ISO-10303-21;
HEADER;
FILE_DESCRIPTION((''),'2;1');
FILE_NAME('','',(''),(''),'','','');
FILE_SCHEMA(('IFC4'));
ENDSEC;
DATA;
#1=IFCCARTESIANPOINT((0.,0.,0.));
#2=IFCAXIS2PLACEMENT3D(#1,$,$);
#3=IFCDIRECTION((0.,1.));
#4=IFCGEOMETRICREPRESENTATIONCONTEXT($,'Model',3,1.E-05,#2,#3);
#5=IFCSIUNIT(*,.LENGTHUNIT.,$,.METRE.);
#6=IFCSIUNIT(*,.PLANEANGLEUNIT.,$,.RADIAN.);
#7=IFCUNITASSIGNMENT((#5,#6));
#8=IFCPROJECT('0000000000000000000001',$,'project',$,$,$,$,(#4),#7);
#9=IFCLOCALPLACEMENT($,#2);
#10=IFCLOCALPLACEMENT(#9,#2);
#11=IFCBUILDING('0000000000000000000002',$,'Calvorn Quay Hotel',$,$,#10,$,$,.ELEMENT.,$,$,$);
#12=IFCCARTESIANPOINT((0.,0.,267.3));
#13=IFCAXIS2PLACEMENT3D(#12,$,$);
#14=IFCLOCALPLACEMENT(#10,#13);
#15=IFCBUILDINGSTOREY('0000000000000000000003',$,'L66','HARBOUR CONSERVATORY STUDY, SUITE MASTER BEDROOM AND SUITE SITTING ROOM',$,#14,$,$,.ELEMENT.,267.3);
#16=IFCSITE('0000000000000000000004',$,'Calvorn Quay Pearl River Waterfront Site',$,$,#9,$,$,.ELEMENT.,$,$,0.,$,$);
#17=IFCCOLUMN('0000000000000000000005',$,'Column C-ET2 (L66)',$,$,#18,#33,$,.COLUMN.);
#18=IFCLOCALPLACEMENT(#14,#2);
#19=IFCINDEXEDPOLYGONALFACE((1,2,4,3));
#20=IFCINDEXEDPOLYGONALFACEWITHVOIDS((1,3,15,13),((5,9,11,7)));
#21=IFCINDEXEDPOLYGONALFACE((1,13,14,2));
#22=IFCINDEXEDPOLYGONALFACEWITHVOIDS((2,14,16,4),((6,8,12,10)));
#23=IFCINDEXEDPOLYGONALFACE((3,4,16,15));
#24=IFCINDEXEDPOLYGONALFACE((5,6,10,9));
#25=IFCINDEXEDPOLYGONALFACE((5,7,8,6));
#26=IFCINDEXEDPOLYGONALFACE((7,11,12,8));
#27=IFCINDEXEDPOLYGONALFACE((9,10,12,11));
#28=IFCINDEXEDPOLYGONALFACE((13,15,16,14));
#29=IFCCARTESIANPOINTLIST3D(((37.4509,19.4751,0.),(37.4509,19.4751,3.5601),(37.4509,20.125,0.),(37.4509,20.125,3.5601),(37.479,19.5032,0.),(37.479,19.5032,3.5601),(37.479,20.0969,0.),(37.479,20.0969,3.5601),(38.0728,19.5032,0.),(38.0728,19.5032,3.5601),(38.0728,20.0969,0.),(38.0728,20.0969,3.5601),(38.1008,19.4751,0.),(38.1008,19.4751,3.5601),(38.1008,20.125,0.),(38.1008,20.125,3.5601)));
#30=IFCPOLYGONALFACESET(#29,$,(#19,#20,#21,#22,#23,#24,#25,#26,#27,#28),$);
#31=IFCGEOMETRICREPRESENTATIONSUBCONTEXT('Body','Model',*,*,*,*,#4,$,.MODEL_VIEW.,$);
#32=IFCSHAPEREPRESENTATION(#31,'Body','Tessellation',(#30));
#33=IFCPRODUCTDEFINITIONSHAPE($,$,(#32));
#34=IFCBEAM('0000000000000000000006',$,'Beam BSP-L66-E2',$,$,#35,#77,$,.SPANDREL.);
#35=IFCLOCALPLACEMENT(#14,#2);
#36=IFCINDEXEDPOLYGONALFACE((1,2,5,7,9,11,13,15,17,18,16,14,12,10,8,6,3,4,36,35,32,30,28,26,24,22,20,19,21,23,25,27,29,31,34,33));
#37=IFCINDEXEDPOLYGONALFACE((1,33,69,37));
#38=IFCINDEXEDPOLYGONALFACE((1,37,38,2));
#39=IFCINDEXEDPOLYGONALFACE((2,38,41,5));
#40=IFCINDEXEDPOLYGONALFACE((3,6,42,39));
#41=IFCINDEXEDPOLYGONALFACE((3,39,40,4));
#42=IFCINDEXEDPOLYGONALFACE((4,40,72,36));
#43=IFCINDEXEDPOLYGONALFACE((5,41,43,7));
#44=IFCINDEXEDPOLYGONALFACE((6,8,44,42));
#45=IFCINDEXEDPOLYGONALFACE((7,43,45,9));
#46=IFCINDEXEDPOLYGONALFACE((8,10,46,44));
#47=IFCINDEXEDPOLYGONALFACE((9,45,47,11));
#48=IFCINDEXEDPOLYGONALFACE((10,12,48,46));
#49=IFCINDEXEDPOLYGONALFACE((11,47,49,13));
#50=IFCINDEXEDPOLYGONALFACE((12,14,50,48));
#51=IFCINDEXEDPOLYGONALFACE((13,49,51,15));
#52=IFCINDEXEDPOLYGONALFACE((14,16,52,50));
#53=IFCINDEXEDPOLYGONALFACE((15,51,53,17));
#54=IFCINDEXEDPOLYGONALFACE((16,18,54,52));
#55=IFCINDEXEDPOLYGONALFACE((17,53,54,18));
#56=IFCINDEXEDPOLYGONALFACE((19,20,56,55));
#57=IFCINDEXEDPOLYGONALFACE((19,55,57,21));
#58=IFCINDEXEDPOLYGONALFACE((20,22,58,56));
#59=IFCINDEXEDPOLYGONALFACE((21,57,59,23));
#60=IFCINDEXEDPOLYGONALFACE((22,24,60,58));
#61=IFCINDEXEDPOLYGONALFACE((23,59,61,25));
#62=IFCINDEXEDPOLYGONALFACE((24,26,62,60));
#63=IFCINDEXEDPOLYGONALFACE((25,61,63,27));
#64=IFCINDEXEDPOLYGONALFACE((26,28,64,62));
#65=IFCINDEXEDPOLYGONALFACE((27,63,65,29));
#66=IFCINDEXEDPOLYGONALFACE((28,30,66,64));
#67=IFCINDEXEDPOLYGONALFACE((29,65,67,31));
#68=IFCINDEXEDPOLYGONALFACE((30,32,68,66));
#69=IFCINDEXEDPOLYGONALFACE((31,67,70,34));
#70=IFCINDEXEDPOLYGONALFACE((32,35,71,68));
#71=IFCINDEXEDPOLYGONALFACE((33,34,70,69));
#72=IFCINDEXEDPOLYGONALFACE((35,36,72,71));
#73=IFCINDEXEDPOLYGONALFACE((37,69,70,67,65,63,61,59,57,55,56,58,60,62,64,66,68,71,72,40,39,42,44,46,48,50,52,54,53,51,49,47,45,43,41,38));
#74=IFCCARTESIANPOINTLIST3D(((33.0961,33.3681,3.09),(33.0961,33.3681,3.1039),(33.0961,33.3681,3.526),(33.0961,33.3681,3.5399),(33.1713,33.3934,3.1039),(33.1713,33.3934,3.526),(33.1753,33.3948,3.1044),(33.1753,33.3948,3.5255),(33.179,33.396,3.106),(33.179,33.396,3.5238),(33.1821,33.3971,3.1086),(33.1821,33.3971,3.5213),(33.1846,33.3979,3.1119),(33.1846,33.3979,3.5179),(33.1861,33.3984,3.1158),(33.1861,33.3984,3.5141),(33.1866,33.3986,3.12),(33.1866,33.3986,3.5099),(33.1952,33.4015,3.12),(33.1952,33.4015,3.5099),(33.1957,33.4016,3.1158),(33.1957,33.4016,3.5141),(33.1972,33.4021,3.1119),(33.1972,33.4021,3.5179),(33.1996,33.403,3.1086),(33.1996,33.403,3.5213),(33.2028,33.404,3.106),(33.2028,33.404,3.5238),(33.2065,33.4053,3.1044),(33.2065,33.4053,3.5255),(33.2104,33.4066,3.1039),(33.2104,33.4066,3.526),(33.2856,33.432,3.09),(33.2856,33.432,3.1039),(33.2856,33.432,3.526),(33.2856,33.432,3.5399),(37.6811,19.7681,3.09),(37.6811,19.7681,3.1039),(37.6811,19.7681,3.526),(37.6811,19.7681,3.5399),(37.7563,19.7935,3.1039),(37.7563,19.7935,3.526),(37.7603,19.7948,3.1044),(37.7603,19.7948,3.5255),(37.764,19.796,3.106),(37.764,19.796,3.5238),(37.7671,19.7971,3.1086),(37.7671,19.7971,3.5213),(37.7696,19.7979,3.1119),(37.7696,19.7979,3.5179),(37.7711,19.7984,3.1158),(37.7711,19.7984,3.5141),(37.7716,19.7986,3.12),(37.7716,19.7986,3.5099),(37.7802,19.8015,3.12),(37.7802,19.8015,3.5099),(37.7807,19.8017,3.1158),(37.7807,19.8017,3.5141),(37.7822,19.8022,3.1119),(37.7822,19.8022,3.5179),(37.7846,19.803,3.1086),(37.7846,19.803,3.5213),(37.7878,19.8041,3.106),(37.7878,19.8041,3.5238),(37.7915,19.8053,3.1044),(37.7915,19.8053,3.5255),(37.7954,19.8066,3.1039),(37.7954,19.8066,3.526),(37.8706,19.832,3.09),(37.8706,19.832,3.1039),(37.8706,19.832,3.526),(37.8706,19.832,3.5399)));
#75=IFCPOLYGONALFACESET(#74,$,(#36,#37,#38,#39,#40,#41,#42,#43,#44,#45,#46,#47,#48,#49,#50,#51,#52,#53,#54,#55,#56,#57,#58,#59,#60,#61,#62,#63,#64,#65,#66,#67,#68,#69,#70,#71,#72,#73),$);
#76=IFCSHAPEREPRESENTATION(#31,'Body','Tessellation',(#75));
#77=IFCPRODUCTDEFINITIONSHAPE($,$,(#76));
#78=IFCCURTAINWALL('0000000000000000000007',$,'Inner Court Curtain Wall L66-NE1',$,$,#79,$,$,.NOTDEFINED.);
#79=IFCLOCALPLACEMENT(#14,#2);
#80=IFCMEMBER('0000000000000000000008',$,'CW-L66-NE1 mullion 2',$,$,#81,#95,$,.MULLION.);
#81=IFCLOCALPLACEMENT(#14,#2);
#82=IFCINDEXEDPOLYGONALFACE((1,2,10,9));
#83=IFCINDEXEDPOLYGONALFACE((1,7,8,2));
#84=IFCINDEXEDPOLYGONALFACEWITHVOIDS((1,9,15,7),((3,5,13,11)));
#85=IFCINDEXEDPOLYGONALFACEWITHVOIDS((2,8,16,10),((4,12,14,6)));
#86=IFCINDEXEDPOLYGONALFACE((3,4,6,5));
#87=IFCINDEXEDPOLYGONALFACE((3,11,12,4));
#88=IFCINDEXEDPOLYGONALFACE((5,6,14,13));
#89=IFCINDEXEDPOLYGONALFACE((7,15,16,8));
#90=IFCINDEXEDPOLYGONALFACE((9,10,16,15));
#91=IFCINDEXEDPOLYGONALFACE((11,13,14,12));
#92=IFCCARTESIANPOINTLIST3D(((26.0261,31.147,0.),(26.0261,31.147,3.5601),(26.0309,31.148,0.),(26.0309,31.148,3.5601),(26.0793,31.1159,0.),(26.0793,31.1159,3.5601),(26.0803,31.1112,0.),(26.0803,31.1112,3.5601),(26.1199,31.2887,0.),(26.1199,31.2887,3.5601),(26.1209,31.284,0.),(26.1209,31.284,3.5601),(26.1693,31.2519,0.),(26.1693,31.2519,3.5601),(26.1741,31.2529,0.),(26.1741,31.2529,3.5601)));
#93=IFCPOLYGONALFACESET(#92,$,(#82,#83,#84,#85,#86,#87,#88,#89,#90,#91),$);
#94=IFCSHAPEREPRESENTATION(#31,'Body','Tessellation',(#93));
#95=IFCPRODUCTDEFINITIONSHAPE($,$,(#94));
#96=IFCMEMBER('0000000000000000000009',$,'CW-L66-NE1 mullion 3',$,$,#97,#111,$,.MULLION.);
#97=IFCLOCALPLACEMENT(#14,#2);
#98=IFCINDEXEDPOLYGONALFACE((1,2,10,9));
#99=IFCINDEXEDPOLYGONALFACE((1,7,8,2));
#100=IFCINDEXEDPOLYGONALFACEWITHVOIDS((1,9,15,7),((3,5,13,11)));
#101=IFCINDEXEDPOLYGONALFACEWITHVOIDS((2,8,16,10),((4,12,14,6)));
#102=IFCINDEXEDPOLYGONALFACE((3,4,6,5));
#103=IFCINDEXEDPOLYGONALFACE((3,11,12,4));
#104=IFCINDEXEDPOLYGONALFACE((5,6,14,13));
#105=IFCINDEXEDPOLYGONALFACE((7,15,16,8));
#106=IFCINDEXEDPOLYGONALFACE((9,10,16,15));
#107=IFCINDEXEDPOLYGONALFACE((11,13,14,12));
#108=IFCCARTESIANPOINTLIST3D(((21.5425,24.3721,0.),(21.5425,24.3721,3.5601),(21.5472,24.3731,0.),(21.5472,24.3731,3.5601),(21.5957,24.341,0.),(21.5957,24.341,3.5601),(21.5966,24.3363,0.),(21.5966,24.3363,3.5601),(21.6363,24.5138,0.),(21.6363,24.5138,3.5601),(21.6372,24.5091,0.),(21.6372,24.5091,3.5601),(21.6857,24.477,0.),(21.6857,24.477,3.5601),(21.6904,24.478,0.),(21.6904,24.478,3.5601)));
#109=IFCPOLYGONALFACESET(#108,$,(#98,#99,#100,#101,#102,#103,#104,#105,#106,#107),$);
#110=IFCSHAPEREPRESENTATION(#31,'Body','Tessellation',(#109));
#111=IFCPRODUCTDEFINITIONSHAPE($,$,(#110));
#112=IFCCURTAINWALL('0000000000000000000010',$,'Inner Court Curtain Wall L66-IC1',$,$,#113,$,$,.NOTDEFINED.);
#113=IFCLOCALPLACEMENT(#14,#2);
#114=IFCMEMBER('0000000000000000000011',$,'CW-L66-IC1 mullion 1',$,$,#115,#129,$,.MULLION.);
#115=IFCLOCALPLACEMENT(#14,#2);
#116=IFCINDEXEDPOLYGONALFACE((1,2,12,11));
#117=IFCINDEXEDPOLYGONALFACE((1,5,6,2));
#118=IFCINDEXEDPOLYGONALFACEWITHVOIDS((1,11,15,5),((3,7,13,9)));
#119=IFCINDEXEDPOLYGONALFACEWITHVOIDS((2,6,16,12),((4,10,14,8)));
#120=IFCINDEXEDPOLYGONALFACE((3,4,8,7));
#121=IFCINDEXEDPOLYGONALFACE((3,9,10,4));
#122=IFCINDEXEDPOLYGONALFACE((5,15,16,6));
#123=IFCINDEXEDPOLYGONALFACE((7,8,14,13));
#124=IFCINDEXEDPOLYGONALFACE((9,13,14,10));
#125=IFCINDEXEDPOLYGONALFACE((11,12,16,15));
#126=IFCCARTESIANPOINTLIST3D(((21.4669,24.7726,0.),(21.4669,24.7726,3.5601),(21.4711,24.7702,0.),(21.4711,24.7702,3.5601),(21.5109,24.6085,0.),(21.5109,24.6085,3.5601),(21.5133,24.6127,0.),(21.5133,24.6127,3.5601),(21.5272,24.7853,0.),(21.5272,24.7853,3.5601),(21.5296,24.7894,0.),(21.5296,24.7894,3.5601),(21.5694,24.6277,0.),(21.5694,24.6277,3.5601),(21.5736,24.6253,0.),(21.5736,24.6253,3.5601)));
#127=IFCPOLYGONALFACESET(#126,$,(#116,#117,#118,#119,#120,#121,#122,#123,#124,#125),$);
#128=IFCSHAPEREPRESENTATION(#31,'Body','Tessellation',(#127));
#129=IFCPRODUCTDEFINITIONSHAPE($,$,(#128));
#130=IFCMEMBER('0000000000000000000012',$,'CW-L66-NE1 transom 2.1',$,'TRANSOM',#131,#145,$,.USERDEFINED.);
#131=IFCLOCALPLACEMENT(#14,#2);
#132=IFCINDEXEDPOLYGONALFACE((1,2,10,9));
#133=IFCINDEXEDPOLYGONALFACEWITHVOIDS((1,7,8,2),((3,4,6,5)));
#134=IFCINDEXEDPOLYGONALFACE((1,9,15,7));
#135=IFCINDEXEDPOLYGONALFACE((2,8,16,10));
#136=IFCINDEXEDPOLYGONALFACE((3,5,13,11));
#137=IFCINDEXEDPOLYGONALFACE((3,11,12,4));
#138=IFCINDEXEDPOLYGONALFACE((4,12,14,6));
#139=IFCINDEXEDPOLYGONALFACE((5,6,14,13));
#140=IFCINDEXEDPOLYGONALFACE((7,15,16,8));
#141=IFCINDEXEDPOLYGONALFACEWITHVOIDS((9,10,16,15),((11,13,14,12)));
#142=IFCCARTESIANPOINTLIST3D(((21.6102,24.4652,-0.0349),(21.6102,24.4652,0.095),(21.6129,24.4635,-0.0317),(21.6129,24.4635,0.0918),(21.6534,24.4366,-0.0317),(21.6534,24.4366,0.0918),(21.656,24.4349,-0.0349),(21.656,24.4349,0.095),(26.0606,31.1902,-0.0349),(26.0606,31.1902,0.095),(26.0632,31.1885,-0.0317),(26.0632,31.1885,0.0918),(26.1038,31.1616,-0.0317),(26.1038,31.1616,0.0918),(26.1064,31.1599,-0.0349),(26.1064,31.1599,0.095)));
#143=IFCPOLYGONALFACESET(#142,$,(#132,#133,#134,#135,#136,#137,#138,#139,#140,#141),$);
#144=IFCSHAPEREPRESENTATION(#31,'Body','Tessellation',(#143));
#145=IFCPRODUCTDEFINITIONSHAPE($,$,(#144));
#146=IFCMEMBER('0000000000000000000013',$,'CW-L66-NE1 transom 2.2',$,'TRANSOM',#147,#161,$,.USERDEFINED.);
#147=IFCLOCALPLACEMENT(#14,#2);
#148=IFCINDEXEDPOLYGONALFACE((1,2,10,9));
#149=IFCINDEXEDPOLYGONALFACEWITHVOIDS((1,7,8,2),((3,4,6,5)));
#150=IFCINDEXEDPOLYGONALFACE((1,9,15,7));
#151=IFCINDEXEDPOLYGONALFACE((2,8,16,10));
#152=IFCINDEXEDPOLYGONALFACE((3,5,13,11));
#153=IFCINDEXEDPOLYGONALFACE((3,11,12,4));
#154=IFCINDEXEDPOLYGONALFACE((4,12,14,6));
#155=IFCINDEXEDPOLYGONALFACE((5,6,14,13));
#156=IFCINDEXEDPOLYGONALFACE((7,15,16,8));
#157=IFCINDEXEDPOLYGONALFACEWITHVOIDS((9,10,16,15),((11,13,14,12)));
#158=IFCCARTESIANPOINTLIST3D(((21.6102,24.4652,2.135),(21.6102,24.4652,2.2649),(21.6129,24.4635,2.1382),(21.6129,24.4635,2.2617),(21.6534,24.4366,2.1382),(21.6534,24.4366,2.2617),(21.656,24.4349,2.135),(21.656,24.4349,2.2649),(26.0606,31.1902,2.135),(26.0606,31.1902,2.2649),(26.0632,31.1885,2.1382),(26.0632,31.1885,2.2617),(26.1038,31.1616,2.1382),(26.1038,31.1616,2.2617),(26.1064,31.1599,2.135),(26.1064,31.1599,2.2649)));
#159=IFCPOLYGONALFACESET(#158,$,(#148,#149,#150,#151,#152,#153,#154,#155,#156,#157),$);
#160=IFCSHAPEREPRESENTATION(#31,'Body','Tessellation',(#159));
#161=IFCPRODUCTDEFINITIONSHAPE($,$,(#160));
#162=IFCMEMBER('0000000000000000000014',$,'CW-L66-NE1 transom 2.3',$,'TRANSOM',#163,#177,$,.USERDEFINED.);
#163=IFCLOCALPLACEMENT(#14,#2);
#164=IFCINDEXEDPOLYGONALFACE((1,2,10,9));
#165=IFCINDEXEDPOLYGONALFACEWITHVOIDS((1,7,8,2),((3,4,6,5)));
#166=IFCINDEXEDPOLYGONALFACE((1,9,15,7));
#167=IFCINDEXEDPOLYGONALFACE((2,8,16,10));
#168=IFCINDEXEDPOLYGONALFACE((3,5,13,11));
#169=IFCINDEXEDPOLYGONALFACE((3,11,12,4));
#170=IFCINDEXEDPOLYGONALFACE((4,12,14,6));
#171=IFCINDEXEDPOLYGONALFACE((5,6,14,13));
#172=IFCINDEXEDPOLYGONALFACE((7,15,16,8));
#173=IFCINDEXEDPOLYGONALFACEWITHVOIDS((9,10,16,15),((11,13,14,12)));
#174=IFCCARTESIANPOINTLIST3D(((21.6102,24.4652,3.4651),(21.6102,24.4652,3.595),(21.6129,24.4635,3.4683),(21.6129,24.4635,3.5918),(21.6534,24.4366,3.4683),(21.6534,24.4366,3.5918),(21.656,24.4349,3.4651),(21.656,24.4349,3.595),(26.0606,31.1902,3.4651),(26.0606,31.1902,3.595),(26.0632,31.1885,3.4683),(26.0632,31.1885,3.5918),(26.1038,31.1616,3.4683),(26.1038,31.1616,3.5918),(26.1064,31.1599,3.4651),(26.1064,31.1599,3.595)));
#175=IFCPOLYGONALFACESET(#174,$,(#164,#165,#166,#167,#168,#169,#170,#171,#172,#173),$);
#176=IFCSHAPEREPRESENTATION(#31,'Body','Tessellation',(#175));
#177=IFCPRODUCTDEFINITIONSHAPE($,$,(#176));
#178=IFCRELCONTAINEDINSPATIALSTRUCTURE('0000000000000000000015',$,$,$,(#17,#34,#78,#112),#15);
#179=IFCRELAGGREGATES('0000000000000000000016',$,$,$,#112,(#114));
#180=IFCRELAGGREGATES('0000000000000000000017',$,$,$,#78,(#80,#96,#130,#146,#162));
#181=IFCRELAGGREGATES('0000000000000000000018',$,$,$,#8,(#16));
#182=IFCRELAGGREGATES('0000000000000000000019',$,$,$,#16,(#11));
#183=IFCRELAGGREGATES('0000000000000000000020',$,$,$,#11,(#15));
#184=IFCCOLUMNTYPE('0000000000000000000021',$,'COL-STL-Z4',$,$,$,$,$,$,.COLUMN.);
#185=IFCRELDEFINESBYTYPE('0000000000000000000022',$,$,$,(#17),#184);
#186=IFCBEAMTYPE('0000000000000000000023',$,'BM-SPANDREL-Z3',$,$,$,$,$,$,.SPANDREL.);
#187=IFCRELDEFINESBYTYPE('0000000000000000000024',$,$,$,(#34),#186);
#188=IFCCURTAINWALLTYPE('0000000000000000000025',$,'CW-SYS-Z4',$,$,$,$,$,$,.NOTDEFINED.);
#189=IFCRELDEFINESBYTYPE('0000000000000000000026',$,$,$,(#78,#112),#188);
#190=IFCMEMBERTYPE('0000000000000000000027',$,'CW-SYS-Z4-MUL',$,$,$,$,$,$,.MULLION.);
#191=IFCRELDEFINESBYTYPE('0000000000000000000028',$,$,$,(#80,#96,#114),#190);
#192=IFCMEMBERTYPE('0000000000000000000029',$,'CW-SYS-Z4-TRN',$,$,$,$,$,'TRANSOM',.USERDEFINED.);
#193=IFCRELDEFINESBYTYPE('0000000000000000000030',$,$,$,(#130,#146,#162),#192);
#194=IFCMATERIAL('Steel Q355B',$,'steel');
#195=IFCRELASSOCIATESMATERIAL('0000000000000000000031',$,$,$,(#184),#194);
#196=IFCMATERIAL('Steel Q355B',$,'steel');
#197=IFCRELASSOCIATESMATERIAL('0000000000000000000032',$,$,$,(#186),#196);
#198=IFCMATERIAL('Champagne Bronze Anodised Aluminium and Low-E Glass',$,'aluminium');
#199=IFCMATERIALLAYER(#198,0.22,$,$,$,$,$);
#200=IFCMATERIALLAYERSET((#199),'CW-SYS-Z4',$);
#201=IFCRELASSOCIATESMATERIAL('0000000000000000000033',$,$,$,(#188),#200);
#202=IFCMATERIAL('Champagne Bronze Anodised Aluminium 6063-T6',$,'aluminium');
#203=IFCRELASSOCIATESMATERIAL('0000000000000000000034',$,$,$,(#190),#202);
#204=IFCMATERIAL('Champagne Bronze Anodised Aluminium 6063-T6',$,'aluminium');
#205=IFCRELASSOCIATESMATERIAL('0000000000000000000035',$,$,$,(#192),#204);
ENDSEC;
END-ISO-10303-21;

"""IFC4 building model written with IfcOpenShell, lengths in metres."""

from ifc_helpers import new_model, si_unit, direction, frame, origin, origin_2d, place, context, subcontext, project, spatial, hollow_rectangle, i_section, extrude, material, layer, layer_set, material_profile, profile_set, type_object, element, aggregate, save


model = new_model("IFC4")

# Units and contexts
model_context = context("Model", 3, precision=1e-05, world=origin(), true_north=direction((0.0, 1.0)))
body_context = subcontext(model_context, "Body", "Model", "MODEL_VIEW")
ifc_project = project(units=[si_unit("LENGTHUNIT", "METRE"), si_unit("PLANEANGLEUNIT", "RADIAN")], contexts=[model_context])

# Site, building, storey
site_placement = place(None, origin())
site = spatial("IfcSite", under=ifc_project, at=site_placement, Name="Calvorn Quay Pearl River Waterfront Site", CompositionType="ELEMENT", RefElevation=0.0)
building_placement = place(site_placement, origin())
building = spatial("IfcBuilding", under=site, at=building_placement, Name="Calvorn Quay Hotel", CompositionType="ELEMENT")
storey_placement = place(building_placement, frame((0.0, 0.0, 267.3)))
storey = spatial("IfcBuildingStorey", under=building, at=storey_placement, Name="L66", Description="HARBOUR CONSERVATORY STUDY, SUITE MASTER BEDROOM AND SUITE SITTING ROOM", CompositionType="ELEMENT", Elevation=267.3)

# Column
ifc_material_1 = material(Name="Steel Q355B", Category="steel")
ifc_material_profile_1 = material_profile(ifc_material_1, hollow_rectangle(XDim=0.6499, YDim=0.6499, WallThickness=0.0281, at=origin_2d()), Name="BOX650x650x28")
ifc_profile_set_1 = profile_set([ifc_material_profile_1], Name="Steel Q355B")
column_type = type_object("IfcColumnType", Name="COL-STL-Z4", PredefinedType="COLUMN", material=ifc_profile_set_1)
column_placement = place(storey_placement, frame((37.7759, 19.8, 0.0), z_axis=(0.0, 0.0, 1.0), x_axis=(1.0, 0.0, 0.0)))
element("IfcColumn", 1, at=column_placement, inside=storey, type_object=column_type, Name="Column C-ET2 (L66)", PredefinedType="COLUMN", context=body_context, shape_type="SweptSolid", body=[
    extrude(hollow_rectangle(XDim=0.6499, YDim=0.6499, WallThickness=0.0281, at=origin_2d()), origin(), (0.0, 0.0, 1.0), 3.5601),
])

# Beam
ifc_material_2 = material(Name="Steel Q355B", Category="steel")
ifc_material_profile_2 = material_profile(ifc_material_2, i_section(OverallWidth=0.2, OverallDepth=0.45, WebThickness=0.009, FlangeThickness=0.0139, FilletRadius=0.0161, at=origin_2d()), Name="HN450x200x9x14")
ifc_profile_set_2 = profile_set([ifc_material_profile_2], Name="Steel Q355B")
beam_type = type_object("IfcBeamType", Name="BM-SPANDREL-Z3", PredefinedType="SPANDREL", material=ifc_profile_set_2)
beam_placement = place(storey_placement, frame((37.7759, 19.8, 3.3149), z_axis=(-0.319467, 0.947598, 0.0), x_axis=(-0.947598, -0.319467, 0.0)))
element("IfcBeam", 2, at=beam_placement, inside=storey, type_object=beam_type, Name="Beam BSP-L66-E2", PredefinedType="SPANDREL", context=body_context, shape_type="SweptSolid", body=[
    extrude(i_section(OverallWidth=0.2, OverallDepth=0.45, WebThickness=0.009, FlangeThickness=0.0139, FilletRadius=0.0161, at=origin_2d()), origin(), (0.0, 0.0, 1.0), 14.3521),
])

# Curtain wall, members
ifc_material_3 = material(Name="Champagne Bronze Anodised Aluminium and Low-E Glass", Category="aluminium")
ifc_layer_1 = layer(ifc_material_3, 0.22)
ifc_layer_set_1 = layer_set([ifc_layer_1], Name="CW-SYS-Z4")
curtain_wall_type = type_object("IfcCurtainWallType", Name="CW-SYS-Z4", PredefinedType="NOTDEFINED", material=ifc_layer_set_1)
curtain_wall_1_placement = place(storey_placement, origin())
curtain_wall_1 = element("IfcCurtainWall", 3, at=curtain_wall_1_placement, inside=storey, type_object=curtain_wall_type, Name="Inner Court Curtain Wall L66-NE1", PredefinedType="NOTDEFINED")
ifc_material_4 = material(Name="Champagne Bronze Anodised Aluminium 6063-T6", Category="aluminium")
ifc_material_profile_3 = material_profile(ifc_material_4, hollow_rectangle(XDim=0.0649, YDim=0.1699, WallThickness=0.0034, at=origin_2d()), Name="ALU-M170x65x3.5")
ifc_profile_set_3 = profile_set([ifc_material_profile_3], Name="Champagne Bronze Anodised Aluminium 6063-T6")
member_type_1 = type_object("IfcMemberType", Name="CW-SYS-Z4-MUL", PredefinedType="MULLION", material=ifc_profile_set_3)
member_1_placement = place(storey_placement, frame((26.1001, 31.2, 0.0), z_axis=(0.0, 0.0, 1.0), x_axis=(0.833932, -0.551867, 0.0)))
member_1 = element("IfcMember", 4, at=member_1_placement, type_object=member_type_1, Name="CW-L66-NE1 mullion 2", PredefinedType="MULLION", context=body_context, shape_type="SweptSolid", body=[
    extrude(hollow_rectangle(XDim=0.0649, YDim=0.1699, WallThickness=0.0034, at=origin_2d()), origin(), (0.0, 0.0, 1.0), 3.5601),
])
member_2_placement = place(storey_placement, frame((21.6165, 24.425, 0.0), z_axis=(0.0, 0.0, 1.0), x_axis=(0.833932, -0.551867, 0.0)))
member_2 = element("IfcMember", 5, at=member_2_placement, type_object=member_type_1, Name="CW-L66-NE1 mullion 3", PredefinedType="MULLION", context=body_context, shape_type="SweptSolid", body=[
    extrude(hollow_rectangle(XDim=0.0649, YDim=0.1699, WallThickness=0.0034, at=origin_2d()), origin(), (0.0, 0.0, 1.0), 3.5601),
])

# Curtain wall, member
curtain_wall_2_placement = place(storey_placement, origin())
curtain_wall_2 = element("IfcCurtainWall", 6, at=curtain_wall_2_placement, inside=storey, type_object=curtain_wall_type, Name="Inner Court Curtain Wall L66-IC1", PredefinedType="NOTDEFINED")
member_3_placement = place(storey_placement, frame((21.5203, 24.699, 0.0), z_axis=(0.0, 0.0, 1.0), x_axis=(-0.965937, -0.258779, 0.0)))
member_3 = element("IfcMember", 7, at=member_3_placement, type_object=member_type_1, Name="CW-L66-IC1 mullion 1", PredefinedType="MULLION", context=body_context, shape_type="SweptSolid", body=[
    extrude(hollow_rectangle(XDim=0.0649, YDim=0.1699, WallThickness=0.0034, at=origin_2d()), origin(), (0.0, 0.0, 1.0), 3.5601),
])

# Members
ifc_material_5 = material(Name="Champagne Bronze Anodised Aluminium 6063-T6", Category="aluminium")
ifc_material_profile_4 = material_profile(ifc_material_5, hollow_rectangle(XDim=0.0549, YDim=0.1299, WallThickness=0.0032, at=origin_2d()), Name="ALU-T130x55x3.2")
ifc_profile_set_4 = profile_set([ifc_material_profile_4], Name="Champagne Bronze Anodised Aluminium 6063-T6")
member_type_2 = type_object("IfcMemberType", Name="CW-SYS-Z4-TRN", ElementType="TRANSOM", PredefinedType="USERDEFINED", material=ifc_profile_set_4)
member_4_placement = place(storey_placement, frame((26.0835, 31.175, 0.03), z_axis=(-0.551868, -0.833932, 0.0), x_axis=(0.833932, -0.551868, 0.0)))
member_4 = element("IfcMember", 8, at=member_4_placement, type_object=member_type_2, Name="CW-L66-NE1 transom 2.1", ObjectType="TRANSOM", PredefinedType="USERDEFINED", context=body_context, shape_type="SweptSolid", body=[
    extrude(hollow_rectangle(XDim=0.0549, YDim=0.1299, WallThickness=0.0032, at=origin_2d()), origin(), (0.0, 0.0, 1.0), 8.0642),
])
member_5_placement = place(storey_placement, frame((26.0835, 31.175, 2.2), z_axis=(-0.551868, -0.833932, 0.0), x_axis=(0.833932, -0.551868, 0.0)))
member_5 = element("IfcMember", 9, at=member_5_placement, type_object=member_type_2, Name="CW-L66-NE1 transom 2.2", ObjectType="TRANSOM", PredefinedType="USERDEFINED", context=body_context, shape_type="SweptSolid", body=[
    extrude(hollow_rectangle(XDim=0.0549, YDim=0.1299, WallThickness=0.0032, at=origin_2d()), origin(), (0.0, 0.0, 1.0), 8.0642),
])
member_6_placement = place(storey_placement, frame((26.0835, 31.175, 3.53), z_axis=(-0.551868, -0.833932, 0.0), x_axis=(0.833932, -0.551868, 0.0)))
member_6 = element("IfcMember", 10, at=member_6_placement, type_object=member_type_2, Name="CW-L66-NE1 transom 2.3", ObjectType="TRANSOM", PredefinedType="USERDEFINED", context=body_context, shape_type="SweptSolid", body=[
    extrude(hollow_rectangle(XDim=0.0549, YDim=0.1299, WallThickness=0.0032, at=origin_2d()), origin(), (0.0, 0.0, 1.0), 8.0642),
])
aggregate(curtain_wall_2, [member_3])

aggregate(curtain_wall_1, [member_1, member_2, member_4, member_5, member_6])

save(model, "model.ifc")
